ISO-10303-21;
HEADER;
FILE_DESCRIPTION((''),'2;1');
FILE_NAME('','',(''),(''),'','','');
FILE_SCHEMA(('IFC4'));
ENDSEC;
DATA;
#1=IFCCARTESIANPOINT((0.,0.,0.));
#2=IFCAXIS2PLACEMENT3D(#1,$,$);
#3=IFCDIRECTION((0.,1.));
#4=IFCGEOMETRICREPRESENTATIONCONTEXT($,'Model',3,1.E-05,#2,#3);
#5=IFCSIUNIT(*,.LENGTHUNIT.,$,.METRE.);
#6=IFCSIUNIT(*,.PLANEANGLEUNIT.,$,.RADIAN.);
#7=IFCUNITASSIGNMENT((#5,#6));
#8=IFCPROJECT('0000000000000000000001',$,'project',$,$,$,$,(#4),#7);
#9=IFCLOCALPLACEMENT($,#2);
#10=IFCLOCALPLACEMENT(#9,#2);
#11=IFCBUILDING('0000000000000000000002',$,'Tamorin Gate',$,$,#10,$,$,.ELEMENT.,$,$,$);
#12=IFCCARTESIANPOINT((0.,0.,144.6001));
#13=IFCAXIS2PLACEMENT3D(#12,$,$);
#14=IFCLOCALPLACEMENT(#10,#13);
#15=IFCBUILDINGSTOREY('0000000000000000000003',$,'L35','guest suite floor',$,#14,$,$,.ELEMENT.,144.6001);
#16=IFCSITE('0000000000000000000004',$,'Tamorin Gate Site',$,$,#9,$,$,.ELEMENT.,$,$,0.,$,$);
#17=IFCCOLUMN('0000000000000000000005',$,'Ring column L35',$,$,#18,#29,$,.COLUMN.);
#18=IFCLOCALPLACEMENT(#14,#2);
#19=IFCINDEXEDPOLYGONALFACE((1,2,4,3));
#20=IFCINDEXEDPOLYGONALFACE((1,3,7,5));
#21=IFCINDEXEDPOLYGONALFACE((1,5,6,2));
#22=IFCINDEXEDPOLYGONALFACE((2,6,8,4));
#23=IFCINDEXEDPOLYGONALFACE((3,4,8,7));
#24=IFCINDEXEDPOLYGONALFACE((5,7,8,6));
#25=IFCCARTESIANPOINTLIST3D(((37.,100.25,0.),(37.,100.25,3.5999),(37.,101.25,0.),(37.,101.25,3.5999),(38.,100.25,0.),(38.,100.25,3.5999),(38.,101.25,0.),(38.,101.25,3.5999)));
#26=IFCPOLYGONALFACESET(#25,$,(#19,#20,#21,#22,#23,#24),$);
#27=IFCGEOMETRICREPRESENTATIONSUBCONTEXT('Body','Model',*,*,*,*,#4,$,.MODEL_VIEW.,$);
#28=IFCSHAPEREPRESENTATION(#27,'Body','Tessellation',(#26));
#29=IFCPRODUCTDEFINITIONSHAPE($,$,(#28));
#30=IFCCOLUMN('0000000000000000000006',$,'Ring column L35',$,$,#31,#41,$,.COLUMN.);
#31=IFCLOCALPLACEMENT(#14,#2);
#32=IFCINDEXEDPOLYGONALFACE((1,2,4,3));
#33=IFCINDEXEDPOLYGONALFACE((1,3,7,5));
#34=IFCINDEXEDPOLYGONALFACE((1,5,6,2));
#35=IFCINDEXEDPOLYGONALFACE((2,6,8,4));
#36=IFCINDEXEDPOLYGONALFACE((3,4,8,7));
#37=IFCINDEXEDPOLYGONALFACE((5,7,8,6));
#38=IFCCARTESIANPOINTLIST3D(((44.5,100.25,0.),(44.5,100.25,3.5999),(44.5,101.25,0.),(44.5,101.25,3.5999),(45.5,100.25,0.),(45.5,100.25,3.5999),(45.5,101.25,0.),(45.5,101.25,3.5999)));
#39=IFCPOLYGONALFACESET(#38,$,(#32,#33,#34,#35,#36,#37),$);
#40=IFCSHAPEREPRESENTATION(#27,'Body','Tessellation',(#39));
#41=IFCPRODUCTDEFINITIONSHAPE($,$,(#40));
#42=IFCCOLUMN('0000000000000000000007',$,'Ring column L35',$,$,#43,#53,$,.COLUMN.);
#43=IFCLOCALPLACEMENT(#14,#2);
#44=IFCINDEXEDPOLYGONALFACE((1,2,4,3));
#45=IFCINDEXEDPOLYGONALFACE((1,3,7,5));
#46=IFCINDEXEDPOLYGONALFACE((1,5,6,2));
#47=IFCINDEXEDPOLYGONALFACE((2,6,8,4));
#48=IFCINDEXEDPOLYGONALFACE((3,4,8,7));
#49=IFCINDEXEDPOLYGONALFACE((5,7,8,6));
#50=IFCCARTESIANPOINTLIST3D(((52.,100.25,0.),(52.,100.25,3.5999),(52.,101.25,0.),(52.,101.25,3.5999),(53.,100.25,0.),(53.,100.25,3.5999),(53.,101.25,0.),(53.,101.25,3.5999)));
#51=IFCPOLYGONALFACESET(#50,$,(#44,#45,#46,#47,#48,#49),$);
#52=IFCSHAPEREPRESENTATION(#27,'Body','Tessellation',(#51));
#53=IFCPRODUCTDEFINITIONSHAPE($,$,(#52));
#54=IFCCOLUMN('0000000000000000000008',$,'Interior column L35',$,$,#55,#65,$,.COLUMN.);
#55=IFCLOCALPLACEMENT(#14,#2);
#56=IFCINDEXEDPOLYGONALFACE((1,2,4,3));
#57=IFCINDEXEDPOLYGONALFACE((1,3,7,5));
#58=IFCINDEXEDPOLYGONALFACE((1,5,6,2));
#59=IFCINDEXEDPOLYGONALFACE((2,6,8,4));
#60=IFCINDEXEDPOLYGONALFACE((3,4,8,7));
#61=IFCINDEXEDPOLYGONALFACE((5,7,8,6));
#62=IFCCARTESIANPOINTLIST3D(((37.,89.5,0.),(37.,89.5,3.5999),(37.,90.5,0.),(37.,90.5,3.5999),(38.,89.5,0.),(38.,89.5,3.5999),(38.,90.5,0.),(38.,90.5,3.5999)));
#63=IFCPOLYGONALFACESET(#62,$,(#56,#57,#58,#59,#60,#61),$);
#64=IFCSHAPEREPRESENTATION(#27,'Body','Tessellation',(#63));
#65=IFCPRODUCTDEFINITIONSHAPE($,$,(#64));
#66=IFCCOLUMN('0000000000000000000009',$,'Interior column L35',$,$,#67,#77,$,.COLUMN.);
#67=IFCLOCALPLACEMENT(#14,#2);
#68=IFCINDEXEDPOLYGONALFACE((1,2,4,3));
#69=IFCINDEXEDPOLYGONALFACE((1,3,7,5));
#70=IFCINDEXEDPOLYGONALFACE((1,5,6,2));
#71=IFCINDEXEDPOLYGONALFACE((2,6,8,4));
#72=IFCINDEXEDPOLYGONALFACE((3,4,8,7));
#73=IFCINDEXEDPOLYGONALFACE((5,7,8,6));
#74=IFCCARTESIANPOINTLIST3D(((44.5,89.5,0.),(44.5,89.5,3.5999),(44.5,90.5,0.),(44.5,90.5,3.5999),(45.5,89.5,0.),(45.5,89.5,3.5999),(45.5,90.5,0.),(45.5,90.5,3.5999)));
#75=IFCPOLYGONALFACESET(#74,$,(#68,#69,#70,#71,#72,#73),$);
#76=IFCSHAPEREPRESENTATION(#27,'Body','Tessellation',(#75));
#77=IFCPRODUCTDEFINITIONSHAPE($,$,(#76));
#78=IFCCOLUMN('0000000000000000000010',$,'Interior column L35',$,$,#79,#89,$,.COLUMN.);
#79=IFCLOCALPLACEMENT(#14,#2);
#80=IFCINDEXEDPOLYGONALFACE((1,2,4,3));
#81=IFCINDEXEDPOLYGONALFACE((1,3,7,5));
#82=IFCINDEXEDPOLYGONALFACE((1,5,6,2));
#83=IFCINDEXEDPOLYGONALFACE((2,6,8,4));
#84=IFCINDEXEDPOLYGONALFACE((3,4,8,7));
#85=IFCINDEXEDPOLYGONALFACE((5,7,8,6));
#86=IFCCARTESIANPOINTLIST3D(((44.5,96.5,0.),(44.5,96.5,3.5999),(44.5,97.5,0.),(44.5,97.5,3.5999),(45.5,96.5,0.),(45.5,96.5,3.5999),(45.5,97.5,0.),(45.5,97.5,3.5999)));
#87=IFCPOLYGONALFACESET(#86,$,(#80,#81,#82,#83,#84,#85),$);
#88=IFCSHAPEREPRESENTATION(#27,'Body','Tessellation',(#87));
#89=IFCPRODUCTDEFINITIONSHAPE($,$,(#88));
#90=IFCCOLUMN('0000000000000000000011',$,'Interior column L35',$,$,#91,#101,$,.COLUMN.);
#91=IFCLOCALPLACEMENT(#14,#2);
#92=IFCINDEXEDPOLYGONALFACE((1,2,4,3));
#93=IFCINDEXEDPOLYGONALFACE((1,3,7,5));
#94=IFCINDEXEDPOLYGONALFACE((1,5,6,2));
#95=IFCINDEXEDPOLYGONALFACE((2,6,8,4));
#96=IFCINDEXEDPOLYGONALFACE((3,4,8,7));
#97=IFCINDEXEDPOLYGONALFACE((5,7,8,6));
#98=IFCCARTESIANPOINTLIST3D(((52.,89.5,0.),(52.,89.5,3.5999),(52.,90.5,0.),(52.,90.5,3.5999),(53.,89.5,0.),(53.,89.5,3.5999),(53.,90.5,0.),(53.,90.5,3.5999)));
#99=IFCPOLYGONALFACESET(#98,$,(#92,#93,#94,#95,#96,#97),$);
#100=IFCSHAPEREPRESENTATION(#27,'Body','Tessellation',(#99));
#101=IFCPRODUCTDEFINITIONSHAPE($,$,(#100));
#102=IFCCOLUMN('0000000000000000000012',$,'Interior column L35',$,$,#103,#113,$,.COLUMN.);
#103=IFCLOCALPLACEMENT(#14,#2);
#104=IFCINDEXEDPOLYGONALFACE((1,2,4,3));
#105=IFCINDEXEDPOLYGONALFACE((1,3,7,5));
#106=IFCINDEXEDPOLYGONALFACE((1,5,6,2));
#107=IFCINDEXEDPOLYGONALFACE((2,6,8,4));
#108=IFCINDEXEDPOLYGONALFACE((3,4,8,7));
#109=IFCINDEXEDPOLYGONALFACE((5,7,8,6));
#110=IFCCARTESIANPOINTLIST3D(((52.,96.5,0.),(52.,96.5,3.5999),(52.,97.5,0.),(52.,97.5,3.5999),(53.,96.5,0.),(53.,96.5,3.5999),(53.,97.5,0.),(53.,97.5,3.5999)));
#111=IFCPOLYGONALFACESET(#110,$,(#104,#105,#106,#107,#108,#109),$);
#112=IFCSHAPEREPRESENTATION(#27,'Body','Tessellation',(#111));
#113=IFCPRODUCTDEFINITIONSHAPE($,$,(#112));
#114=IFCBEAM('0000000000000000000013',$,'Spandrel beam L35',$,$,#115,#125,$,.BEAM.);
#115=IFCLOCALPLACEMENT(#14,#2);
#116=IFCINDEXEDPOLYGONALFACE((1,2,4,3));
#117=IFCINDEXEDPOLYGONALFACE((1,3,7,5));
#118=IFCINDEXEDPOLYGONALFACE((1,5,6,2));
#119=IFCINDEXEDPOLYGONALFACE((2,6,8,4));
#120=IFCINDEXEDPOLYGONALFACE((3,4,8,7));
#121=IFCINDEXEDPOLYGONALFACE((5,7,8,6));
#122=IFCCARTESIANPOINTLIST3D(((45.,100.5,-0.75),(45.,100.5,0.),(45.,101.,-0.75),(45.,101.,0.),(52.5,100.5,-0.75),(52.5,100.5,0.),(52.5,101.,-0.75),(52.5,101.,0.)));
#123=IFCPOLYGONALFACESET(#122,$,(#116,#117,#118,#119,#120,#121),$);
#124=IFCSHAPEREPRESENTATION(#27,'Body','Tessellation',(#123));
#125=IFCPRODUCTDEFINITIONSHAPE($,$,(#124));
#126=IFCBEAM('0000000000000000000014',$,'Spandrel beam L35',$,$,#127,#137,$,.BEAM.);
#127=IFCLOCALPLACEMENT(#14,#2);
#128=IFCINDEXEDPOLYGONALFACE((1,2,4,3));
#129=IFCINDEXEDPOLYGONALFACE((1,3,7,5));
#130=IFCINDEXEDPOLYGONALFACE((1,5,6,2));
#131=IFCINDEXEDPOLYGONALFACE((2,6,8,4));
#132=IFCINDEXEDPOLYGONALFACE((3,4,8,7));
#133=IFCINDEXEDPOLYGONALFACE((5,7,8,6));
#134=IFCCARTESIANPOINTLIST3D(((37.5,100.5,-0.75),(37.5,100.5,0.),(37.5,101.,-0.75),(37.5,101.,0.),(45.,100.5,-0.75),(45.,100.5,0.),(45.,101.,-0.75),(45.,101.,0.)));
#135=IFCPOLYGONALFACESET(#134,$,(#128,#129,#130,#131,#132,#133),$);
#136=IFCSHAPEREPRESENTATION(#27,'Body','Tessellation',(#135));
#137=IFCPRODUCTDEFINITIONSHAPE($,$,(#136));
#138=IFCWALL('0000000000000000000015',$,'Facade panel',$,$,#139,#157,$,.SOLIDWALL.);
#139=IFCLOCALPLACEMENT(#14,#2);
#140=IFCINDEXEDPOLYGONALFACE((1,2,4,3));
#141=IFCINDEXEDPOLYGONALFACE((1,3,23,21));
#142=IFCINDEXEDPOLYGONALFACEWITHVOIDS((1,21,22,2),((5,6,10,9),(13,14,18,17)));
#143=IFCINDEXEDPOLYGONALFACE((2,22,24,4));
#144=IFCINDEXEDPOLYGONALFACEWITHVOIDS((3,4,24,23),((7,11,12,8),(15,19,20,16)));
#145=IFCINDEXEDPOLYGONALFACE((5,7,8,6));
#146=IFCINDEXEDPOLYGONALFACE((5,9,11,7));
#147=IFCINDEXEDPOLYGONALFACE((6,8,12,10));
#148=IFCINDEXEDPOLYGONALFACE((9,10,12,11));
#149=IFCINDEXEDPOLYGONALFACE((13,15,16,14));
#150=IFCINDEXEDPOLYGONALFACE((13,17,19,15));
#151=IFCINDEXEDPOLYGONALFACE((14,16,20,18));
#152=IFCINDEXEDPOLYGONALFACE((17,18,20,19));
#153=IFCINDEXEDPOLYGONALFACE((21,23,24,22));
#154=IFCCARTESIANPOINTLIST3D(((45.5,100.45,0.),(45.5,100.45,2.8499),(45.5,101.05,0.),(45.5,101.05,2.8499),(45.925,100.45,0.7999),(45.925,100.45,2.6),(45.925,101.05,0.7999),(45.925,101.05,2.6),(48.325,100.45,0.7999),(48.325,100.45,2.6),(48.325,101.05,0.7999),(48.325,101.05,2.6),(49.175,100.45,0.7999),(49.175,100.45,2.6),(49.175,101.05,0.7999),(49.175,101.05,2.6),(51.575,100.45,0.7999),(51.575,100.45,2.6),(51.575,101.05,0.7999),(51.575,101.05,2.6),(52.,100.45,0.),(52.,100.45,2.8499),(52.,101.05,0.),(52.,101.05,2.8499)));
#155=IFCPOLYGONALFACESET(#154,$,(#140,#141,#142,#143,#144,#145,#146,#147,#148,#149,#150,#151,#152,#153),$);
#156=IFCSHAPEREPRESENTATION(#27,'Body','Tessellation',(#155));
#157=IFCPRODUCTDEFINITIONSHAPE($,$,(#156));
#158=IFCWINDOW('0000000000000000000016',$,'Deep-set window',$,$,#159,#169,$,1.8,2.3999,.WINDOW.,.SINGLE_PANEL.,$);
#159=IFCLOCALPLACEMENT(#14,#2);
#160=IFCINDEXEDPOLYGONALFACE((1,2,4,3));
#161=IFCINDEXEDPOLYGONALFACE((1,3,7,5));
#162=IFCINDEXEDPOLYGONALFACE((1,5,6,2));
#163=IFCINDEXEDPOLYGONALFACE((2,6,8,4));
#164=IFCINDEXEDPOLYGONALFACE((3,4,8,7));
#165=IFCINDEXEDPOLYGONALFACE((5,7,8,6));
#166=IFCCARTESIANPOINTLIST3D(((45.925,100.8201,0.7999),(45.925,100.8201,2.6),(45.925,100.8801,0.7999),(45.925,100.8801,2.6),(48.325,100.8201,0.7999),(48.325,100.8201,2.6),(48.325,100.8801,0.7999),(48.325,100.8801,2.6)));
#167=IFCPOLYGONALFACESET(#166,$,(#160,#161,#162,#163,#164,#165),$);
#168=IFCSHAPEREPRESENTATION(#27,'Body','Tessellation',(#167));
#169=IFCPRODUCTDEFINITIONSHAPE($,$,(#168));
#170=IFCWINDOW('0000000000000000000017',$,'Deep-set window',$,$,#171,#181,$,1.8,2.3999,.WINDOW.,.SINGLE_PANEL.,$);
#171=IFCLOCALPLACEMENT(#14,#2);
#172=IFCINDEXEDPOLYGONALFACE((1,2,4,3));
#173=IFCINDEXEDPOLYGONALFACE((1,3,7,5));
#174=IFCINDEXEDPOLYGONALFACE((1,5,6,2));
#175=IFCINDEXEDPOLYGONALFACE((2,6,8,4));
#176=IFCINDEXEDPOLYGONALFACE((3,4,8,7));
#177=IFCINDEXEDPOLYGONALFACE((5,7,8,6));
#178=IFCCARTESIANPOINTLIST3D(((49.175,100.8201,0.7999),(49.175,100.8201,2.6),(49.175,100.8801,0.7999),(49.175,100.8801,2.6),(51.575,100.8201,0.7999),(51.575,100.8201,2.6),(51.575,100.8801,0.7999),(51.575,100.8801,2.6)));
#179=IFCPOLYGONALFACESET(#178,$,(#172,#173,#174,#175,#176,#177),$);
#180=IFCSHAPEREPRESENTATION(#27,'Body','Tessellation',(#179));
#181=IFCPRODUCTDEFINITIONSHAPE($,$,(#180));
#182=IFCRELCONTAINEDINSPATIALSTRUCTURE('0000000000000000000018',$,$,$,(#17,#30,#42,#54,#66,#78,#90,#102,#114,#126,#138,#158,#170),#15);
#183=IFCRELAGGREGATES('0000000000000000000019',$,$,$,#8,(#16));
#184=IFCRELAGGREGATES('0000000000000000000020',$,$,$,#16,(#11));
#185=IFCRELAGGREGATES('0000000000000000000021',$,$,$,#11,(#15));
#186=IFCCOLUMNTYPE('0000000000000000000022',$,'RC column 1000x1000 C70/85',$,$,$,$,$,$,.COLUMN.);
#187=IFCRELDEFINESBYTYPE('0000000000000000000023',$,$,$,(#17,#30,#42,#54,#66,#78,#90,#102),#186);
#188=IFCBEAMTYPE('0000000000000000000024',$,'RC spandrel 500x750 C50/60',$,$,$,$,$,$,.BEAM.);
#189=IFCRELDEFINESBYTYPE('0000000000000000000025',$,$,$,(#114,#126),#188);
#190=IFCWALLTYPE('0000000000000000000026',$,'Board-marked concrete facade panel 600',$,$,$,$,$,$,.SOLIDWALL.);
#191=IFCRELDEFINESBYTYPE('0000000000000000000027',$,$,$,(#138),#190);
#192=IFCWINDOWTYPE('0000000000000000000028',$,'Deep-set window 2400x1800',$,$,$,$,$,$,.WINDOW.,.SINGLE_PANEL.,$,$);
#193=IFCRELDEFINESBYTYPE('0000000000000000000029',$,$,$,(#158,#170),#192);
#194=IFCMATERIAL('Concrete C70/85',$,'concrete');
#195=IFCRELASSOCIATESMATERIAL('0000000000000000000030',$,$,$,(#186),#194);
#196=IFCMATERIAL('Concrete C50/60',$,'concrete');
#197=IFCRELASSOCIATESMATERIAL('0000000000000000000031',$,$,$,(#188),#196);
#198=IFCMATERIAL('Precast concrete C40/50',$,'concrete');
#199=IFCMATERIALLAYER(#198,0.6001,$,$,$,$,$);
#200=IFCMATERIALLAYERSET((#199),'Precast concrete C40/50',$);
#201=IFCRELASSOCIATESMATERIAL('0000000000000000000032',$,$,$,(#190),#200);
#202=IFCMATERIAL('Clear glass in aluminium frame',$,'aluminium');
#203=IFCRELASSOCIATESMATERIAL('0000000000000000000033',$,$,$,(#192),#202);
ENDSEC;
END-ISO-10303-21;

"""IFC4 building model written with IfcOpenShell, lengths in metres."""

from ifc_helpers import new_model, si_unit, direction, frame, frame_2d, origin, origin_2d, place, context, subcontext, project, spatial, rectangle, extrude, material, layer, layer_set, material_profile, profile_set, type_object, element, fill, save


model = new_model("IFC4")

# Units and contexts
model_context = context("Model", 3, precision=1e-05, world=origin(), true_north=direction((0.0, 1.0)))
body_context = subcontext(model_context, "Body", "Model", "MODEL_VIEW")
ifc_project = project(units=[si_unit("LENGTHUNIT", "METRE"), si_unit("PLANEANGLEUNIT", "RADIAN")], contexts=[model_context])

# Site, building, storey
site_placement = place(None, origin())
site = spatial("IfcSite", under=ifc_project, at=site_placement, Name="Tamorin Gate Site", CompositionType="ELEMENT", RefElevation=0.0)
building_placement = place(site_placement, origin())
building = spatial("IfcBuilding", under=site, at=building_placement, Name="Tamorin Gate", CompositionType="ELEMENT")
storey_placement = place(building_placement, frame((0.0, 0.0, 144.6001)))
storey = spatial("IfcBuildingStorey", under=building, at=storey_placement, Name="L35", Description="guest suite floor", CompositionType="ELEMENT", Elevation=144.6001)

# Columns
ifc_material_1 = material(Name="Concrete C70/85", Category="concrete")
ifc_material_profile_1 = material_profile(ifc_material_1, rectangle(XDim=1.0, YDim=1.0, at=origin_2d()), Name="RC 1000x1000")
ifc_profile_set_1 = profile_set([ifc_material_profile_1], Name="Concrete C70/85")
column_type = type_object("IfcColumnType", Name="RC column 1000x1000 C70/85", PredefinedType="COLUMN", material=ifc_profile_set_1)
for number, where, z_axis, x_axis, name in (
    (1, (37.5, 100.75, 0.0), (0.0, 0.0, 1.0), (1.0, 0.0, 0.0), "Ring column L35"),
    (2, (45.0, 100.75, 0.0), (0.0, 0.0, 1.0), (1.0, 0.0, 0.0), "Ring column L35"),
    (3, (52.5, 100.75, 0.0), (0.0, 0.0, 1.0), (1.0, 0.0, 0.0), "Ring column L35"),
    (4, (37.5, 90.0, 0.0), (0.0, 0.0, 1.0), (1.0, 0.0, 0.0), "Interior column L35"),
    (5, (45.0, 90.0, 0.0), (0.0, 0.0, 1.0), (1.0, 0.0, 0.0), "Interior column L35"),
    (6, (45.0, 97.0, 0.0), (0.0, 0.0, 1.0), (1.0, 0.0, 0.0), "Interior column L35"),
    (7, (52.5, 90.0, 0.0), (0.0, 0.0, 1.0), (1.0, 0.0, 0.0), "Interior column L35"),
    (8, (52.5, 97.0, 0.0), (0.0, 0.0, 1.0), (1.0, 0.0, 0.0), "Interior column L35"),
):
    element("IfcColumn", number, at=place(storey_placement, frame(where, z_axis=z_axis, x_axis=x_axis)), inside=storey, type_object=column_type, Name=name, PredefinedType="COLUMN", context=body_context, shape_type="SweptSolid", body=[
        extrude(rectangle(XDim=1.0, YDim=1.0, at=origin_2d()), origin(), (0.0, 0.0, 1.0), 3.5999),
    ])

# Beams
ifc_material_2 = material(Name="Concrete C50/60", Category="concrete")
ifc_material_profile_2 = material_profile(ifc_material_2, rectangle(XDim=0.5, YDim=0.75, at=origin_2d()), Name="RC 500x750")
ifc_profile_set_2 = profile_set([ifc_material_profile_2], Name="Concrete C50/60")
beam_type = type_object("IfcBeamType", Name="RC spandrel 500x750 C50/60", PredefinedType="BEAM", material=ifc_profile_set_2)
for number, where, z_axis, x_axis, name in (
    (9, (52.5, 100.75, -0.375), (-1.0, 0.0, 0.0), (0.0, -1.0, 0.0), "Spandrel beam L35"),
    (10, (45.0, 100.75, -0.375), (-1.0, 0.0, 0.0), (0.0, -1.0, 0.0), "Spandrel beam L35"),
):
    element("IfcBeam", number, at=place(storey_placement, frame(where, z_axis=z_axis, x_axis=x_axis)), inside=storey, type_object=beam_type, Name=name, PredefinedType="BEAM", context=body_context, shape_type="SweptSolid", body=[
        extrude(rectangle(XDim=0.5, YDim=0.75, at=origin_2d()), origin(), (0.0, 0.0, 1.0), 7.5),
    ])

# Wall, openings, windows
ifc_material_3 = material(Name="Precast concrete C40/50", Category="concrete")
ifc_layer_1 = layer(ifc_material_3, 0.6001)
ifc_layer_set_1 = layer_set([ifc_layer_1], Name="Precast concrete C40/50")
wall_type_1 = type_object("IfcWallType", Name="Board-marked concrete facade panel 600", PredefinedType="SOLIDWALL", material=ifc_layer_set_1)
wall_1_placement = place(storey_placement, frame((52.0, 100.75, 0.0), z_axis=(0.0, 0.0, 1.0), x_axis=(-1.0, 0.0, 0.0)))
wall_1 = element("IfcWall", 11, at=wall_1_placement, inside=storey, type_object=wall_type_1, Name="Facade panel", PredefinedType="SOLIDWALL", context=body_context, shape_type="SweptSolid", body=[
    extrude(rectangle(XDim=6.5, YDim=0.6001, at=frame_2d((3.25, 0.0))), origin(), (0.0, 0.0, 1.0), 2.8499),
])
opening_1_placement = place(wall_1_placement, frame((3.675, 0.0, 0.8)))
opening_1 = element("IfcOpeningElement", 12, at=opening_1_placement, cuts=wall_1, PredefinedType="OPENING", context=body_context, shape_type="SweptSolid", body=[
    extrude(rectangle(XDim=2.3999, YDim=1.8, at=frame_2d((1.2, 0.8999))), frame((0.0, 0.3101, 0.0), z_axis=(0.0, -1.0, 0.0), x_axis=(1.0, 0.0, 0.0)), (0.0, 0.0, 1.0), 0.6201),
])
opening_2_placement = place(wall_1_placement, frame((0.425, 0.0, 0.8)))
opening_2 = element("IfcOpeningElement", 13, at=opening_2_placement, cuts=wall_1, PredefinedType="OPENING", context=body_context, shape_type="SweptSolid", body=[
    extrude(rectangle(XDim=2.3999, YDim=1.8, at=frame_2d((1.2, 0.8999))), frame((0.0, 0.3101, 0.0), z_axis=(0.0, -1.0, 0.0), x_axis=(1.0, 0.0, 0.0)), (0.0, 0.0, 1.0), 0.6201),
])
ifc_material_4 = material(Name="Clear glass in aluminium frame", Category="aluminium")
window_type = type_object("IfcWindowType", Name="Deep-set window 2400x1800", PartitioningType="SINGLE_PANEL", PredefinedType="WINDOW", material=ifc_material_4)
window_1_placement = place(opening_1_placement, origin())
window_1 = element("IfcWindow", 14, at=window_1_placement, inside=storey, type_object=window_type, Name="Deep-set window", OverallHeight=1.8, OverallWidth=2.3999, PartitioningType="SINGLE_PANEL", PredefinedType="WINDOW", context=body_context, shape_type="SweptSolid", body=[
    extrude(rectangle(XDim=2.3999, YDim=1.8, at=frame_2d((1.2, 0.8999))), frame((0.0, -0.0701, 0.0), z_axis=(0.0, -1.0, 0.0), x_axis=(1.0, 0.0, 0.0)), (0.0, 0.0, 1.0), 0.0601),
])
fill(opening_1, window_1)
window_2_placement = place(opening_2_placement, origin())
window_2 = element("IfcWindow", 15, at=window_2_placement, inside=storey, type_object=window_type, Name="Deep-set window", OverallHeight=1.8, OverallWidth=2.3999, PartitioningType="SINGLE_PANEL", PredefinedType="WINDOW", context=body_context, shape_type="SweptSolid", body=[
    extrude(rectangle(XDim=2.3999, YDim=1.8, at=frame_2d((1.2, 0.8999))), frame((0.0, -0.0701, 0.0), z_axis=(0.0, -1.0, 0.0), x_axis=(1.0, 0.0, 0.0)), (0.0, 0.0, 1.0), 0.0601),
])
fill(opening_2, window_2)

save(model, "model.ifc")
